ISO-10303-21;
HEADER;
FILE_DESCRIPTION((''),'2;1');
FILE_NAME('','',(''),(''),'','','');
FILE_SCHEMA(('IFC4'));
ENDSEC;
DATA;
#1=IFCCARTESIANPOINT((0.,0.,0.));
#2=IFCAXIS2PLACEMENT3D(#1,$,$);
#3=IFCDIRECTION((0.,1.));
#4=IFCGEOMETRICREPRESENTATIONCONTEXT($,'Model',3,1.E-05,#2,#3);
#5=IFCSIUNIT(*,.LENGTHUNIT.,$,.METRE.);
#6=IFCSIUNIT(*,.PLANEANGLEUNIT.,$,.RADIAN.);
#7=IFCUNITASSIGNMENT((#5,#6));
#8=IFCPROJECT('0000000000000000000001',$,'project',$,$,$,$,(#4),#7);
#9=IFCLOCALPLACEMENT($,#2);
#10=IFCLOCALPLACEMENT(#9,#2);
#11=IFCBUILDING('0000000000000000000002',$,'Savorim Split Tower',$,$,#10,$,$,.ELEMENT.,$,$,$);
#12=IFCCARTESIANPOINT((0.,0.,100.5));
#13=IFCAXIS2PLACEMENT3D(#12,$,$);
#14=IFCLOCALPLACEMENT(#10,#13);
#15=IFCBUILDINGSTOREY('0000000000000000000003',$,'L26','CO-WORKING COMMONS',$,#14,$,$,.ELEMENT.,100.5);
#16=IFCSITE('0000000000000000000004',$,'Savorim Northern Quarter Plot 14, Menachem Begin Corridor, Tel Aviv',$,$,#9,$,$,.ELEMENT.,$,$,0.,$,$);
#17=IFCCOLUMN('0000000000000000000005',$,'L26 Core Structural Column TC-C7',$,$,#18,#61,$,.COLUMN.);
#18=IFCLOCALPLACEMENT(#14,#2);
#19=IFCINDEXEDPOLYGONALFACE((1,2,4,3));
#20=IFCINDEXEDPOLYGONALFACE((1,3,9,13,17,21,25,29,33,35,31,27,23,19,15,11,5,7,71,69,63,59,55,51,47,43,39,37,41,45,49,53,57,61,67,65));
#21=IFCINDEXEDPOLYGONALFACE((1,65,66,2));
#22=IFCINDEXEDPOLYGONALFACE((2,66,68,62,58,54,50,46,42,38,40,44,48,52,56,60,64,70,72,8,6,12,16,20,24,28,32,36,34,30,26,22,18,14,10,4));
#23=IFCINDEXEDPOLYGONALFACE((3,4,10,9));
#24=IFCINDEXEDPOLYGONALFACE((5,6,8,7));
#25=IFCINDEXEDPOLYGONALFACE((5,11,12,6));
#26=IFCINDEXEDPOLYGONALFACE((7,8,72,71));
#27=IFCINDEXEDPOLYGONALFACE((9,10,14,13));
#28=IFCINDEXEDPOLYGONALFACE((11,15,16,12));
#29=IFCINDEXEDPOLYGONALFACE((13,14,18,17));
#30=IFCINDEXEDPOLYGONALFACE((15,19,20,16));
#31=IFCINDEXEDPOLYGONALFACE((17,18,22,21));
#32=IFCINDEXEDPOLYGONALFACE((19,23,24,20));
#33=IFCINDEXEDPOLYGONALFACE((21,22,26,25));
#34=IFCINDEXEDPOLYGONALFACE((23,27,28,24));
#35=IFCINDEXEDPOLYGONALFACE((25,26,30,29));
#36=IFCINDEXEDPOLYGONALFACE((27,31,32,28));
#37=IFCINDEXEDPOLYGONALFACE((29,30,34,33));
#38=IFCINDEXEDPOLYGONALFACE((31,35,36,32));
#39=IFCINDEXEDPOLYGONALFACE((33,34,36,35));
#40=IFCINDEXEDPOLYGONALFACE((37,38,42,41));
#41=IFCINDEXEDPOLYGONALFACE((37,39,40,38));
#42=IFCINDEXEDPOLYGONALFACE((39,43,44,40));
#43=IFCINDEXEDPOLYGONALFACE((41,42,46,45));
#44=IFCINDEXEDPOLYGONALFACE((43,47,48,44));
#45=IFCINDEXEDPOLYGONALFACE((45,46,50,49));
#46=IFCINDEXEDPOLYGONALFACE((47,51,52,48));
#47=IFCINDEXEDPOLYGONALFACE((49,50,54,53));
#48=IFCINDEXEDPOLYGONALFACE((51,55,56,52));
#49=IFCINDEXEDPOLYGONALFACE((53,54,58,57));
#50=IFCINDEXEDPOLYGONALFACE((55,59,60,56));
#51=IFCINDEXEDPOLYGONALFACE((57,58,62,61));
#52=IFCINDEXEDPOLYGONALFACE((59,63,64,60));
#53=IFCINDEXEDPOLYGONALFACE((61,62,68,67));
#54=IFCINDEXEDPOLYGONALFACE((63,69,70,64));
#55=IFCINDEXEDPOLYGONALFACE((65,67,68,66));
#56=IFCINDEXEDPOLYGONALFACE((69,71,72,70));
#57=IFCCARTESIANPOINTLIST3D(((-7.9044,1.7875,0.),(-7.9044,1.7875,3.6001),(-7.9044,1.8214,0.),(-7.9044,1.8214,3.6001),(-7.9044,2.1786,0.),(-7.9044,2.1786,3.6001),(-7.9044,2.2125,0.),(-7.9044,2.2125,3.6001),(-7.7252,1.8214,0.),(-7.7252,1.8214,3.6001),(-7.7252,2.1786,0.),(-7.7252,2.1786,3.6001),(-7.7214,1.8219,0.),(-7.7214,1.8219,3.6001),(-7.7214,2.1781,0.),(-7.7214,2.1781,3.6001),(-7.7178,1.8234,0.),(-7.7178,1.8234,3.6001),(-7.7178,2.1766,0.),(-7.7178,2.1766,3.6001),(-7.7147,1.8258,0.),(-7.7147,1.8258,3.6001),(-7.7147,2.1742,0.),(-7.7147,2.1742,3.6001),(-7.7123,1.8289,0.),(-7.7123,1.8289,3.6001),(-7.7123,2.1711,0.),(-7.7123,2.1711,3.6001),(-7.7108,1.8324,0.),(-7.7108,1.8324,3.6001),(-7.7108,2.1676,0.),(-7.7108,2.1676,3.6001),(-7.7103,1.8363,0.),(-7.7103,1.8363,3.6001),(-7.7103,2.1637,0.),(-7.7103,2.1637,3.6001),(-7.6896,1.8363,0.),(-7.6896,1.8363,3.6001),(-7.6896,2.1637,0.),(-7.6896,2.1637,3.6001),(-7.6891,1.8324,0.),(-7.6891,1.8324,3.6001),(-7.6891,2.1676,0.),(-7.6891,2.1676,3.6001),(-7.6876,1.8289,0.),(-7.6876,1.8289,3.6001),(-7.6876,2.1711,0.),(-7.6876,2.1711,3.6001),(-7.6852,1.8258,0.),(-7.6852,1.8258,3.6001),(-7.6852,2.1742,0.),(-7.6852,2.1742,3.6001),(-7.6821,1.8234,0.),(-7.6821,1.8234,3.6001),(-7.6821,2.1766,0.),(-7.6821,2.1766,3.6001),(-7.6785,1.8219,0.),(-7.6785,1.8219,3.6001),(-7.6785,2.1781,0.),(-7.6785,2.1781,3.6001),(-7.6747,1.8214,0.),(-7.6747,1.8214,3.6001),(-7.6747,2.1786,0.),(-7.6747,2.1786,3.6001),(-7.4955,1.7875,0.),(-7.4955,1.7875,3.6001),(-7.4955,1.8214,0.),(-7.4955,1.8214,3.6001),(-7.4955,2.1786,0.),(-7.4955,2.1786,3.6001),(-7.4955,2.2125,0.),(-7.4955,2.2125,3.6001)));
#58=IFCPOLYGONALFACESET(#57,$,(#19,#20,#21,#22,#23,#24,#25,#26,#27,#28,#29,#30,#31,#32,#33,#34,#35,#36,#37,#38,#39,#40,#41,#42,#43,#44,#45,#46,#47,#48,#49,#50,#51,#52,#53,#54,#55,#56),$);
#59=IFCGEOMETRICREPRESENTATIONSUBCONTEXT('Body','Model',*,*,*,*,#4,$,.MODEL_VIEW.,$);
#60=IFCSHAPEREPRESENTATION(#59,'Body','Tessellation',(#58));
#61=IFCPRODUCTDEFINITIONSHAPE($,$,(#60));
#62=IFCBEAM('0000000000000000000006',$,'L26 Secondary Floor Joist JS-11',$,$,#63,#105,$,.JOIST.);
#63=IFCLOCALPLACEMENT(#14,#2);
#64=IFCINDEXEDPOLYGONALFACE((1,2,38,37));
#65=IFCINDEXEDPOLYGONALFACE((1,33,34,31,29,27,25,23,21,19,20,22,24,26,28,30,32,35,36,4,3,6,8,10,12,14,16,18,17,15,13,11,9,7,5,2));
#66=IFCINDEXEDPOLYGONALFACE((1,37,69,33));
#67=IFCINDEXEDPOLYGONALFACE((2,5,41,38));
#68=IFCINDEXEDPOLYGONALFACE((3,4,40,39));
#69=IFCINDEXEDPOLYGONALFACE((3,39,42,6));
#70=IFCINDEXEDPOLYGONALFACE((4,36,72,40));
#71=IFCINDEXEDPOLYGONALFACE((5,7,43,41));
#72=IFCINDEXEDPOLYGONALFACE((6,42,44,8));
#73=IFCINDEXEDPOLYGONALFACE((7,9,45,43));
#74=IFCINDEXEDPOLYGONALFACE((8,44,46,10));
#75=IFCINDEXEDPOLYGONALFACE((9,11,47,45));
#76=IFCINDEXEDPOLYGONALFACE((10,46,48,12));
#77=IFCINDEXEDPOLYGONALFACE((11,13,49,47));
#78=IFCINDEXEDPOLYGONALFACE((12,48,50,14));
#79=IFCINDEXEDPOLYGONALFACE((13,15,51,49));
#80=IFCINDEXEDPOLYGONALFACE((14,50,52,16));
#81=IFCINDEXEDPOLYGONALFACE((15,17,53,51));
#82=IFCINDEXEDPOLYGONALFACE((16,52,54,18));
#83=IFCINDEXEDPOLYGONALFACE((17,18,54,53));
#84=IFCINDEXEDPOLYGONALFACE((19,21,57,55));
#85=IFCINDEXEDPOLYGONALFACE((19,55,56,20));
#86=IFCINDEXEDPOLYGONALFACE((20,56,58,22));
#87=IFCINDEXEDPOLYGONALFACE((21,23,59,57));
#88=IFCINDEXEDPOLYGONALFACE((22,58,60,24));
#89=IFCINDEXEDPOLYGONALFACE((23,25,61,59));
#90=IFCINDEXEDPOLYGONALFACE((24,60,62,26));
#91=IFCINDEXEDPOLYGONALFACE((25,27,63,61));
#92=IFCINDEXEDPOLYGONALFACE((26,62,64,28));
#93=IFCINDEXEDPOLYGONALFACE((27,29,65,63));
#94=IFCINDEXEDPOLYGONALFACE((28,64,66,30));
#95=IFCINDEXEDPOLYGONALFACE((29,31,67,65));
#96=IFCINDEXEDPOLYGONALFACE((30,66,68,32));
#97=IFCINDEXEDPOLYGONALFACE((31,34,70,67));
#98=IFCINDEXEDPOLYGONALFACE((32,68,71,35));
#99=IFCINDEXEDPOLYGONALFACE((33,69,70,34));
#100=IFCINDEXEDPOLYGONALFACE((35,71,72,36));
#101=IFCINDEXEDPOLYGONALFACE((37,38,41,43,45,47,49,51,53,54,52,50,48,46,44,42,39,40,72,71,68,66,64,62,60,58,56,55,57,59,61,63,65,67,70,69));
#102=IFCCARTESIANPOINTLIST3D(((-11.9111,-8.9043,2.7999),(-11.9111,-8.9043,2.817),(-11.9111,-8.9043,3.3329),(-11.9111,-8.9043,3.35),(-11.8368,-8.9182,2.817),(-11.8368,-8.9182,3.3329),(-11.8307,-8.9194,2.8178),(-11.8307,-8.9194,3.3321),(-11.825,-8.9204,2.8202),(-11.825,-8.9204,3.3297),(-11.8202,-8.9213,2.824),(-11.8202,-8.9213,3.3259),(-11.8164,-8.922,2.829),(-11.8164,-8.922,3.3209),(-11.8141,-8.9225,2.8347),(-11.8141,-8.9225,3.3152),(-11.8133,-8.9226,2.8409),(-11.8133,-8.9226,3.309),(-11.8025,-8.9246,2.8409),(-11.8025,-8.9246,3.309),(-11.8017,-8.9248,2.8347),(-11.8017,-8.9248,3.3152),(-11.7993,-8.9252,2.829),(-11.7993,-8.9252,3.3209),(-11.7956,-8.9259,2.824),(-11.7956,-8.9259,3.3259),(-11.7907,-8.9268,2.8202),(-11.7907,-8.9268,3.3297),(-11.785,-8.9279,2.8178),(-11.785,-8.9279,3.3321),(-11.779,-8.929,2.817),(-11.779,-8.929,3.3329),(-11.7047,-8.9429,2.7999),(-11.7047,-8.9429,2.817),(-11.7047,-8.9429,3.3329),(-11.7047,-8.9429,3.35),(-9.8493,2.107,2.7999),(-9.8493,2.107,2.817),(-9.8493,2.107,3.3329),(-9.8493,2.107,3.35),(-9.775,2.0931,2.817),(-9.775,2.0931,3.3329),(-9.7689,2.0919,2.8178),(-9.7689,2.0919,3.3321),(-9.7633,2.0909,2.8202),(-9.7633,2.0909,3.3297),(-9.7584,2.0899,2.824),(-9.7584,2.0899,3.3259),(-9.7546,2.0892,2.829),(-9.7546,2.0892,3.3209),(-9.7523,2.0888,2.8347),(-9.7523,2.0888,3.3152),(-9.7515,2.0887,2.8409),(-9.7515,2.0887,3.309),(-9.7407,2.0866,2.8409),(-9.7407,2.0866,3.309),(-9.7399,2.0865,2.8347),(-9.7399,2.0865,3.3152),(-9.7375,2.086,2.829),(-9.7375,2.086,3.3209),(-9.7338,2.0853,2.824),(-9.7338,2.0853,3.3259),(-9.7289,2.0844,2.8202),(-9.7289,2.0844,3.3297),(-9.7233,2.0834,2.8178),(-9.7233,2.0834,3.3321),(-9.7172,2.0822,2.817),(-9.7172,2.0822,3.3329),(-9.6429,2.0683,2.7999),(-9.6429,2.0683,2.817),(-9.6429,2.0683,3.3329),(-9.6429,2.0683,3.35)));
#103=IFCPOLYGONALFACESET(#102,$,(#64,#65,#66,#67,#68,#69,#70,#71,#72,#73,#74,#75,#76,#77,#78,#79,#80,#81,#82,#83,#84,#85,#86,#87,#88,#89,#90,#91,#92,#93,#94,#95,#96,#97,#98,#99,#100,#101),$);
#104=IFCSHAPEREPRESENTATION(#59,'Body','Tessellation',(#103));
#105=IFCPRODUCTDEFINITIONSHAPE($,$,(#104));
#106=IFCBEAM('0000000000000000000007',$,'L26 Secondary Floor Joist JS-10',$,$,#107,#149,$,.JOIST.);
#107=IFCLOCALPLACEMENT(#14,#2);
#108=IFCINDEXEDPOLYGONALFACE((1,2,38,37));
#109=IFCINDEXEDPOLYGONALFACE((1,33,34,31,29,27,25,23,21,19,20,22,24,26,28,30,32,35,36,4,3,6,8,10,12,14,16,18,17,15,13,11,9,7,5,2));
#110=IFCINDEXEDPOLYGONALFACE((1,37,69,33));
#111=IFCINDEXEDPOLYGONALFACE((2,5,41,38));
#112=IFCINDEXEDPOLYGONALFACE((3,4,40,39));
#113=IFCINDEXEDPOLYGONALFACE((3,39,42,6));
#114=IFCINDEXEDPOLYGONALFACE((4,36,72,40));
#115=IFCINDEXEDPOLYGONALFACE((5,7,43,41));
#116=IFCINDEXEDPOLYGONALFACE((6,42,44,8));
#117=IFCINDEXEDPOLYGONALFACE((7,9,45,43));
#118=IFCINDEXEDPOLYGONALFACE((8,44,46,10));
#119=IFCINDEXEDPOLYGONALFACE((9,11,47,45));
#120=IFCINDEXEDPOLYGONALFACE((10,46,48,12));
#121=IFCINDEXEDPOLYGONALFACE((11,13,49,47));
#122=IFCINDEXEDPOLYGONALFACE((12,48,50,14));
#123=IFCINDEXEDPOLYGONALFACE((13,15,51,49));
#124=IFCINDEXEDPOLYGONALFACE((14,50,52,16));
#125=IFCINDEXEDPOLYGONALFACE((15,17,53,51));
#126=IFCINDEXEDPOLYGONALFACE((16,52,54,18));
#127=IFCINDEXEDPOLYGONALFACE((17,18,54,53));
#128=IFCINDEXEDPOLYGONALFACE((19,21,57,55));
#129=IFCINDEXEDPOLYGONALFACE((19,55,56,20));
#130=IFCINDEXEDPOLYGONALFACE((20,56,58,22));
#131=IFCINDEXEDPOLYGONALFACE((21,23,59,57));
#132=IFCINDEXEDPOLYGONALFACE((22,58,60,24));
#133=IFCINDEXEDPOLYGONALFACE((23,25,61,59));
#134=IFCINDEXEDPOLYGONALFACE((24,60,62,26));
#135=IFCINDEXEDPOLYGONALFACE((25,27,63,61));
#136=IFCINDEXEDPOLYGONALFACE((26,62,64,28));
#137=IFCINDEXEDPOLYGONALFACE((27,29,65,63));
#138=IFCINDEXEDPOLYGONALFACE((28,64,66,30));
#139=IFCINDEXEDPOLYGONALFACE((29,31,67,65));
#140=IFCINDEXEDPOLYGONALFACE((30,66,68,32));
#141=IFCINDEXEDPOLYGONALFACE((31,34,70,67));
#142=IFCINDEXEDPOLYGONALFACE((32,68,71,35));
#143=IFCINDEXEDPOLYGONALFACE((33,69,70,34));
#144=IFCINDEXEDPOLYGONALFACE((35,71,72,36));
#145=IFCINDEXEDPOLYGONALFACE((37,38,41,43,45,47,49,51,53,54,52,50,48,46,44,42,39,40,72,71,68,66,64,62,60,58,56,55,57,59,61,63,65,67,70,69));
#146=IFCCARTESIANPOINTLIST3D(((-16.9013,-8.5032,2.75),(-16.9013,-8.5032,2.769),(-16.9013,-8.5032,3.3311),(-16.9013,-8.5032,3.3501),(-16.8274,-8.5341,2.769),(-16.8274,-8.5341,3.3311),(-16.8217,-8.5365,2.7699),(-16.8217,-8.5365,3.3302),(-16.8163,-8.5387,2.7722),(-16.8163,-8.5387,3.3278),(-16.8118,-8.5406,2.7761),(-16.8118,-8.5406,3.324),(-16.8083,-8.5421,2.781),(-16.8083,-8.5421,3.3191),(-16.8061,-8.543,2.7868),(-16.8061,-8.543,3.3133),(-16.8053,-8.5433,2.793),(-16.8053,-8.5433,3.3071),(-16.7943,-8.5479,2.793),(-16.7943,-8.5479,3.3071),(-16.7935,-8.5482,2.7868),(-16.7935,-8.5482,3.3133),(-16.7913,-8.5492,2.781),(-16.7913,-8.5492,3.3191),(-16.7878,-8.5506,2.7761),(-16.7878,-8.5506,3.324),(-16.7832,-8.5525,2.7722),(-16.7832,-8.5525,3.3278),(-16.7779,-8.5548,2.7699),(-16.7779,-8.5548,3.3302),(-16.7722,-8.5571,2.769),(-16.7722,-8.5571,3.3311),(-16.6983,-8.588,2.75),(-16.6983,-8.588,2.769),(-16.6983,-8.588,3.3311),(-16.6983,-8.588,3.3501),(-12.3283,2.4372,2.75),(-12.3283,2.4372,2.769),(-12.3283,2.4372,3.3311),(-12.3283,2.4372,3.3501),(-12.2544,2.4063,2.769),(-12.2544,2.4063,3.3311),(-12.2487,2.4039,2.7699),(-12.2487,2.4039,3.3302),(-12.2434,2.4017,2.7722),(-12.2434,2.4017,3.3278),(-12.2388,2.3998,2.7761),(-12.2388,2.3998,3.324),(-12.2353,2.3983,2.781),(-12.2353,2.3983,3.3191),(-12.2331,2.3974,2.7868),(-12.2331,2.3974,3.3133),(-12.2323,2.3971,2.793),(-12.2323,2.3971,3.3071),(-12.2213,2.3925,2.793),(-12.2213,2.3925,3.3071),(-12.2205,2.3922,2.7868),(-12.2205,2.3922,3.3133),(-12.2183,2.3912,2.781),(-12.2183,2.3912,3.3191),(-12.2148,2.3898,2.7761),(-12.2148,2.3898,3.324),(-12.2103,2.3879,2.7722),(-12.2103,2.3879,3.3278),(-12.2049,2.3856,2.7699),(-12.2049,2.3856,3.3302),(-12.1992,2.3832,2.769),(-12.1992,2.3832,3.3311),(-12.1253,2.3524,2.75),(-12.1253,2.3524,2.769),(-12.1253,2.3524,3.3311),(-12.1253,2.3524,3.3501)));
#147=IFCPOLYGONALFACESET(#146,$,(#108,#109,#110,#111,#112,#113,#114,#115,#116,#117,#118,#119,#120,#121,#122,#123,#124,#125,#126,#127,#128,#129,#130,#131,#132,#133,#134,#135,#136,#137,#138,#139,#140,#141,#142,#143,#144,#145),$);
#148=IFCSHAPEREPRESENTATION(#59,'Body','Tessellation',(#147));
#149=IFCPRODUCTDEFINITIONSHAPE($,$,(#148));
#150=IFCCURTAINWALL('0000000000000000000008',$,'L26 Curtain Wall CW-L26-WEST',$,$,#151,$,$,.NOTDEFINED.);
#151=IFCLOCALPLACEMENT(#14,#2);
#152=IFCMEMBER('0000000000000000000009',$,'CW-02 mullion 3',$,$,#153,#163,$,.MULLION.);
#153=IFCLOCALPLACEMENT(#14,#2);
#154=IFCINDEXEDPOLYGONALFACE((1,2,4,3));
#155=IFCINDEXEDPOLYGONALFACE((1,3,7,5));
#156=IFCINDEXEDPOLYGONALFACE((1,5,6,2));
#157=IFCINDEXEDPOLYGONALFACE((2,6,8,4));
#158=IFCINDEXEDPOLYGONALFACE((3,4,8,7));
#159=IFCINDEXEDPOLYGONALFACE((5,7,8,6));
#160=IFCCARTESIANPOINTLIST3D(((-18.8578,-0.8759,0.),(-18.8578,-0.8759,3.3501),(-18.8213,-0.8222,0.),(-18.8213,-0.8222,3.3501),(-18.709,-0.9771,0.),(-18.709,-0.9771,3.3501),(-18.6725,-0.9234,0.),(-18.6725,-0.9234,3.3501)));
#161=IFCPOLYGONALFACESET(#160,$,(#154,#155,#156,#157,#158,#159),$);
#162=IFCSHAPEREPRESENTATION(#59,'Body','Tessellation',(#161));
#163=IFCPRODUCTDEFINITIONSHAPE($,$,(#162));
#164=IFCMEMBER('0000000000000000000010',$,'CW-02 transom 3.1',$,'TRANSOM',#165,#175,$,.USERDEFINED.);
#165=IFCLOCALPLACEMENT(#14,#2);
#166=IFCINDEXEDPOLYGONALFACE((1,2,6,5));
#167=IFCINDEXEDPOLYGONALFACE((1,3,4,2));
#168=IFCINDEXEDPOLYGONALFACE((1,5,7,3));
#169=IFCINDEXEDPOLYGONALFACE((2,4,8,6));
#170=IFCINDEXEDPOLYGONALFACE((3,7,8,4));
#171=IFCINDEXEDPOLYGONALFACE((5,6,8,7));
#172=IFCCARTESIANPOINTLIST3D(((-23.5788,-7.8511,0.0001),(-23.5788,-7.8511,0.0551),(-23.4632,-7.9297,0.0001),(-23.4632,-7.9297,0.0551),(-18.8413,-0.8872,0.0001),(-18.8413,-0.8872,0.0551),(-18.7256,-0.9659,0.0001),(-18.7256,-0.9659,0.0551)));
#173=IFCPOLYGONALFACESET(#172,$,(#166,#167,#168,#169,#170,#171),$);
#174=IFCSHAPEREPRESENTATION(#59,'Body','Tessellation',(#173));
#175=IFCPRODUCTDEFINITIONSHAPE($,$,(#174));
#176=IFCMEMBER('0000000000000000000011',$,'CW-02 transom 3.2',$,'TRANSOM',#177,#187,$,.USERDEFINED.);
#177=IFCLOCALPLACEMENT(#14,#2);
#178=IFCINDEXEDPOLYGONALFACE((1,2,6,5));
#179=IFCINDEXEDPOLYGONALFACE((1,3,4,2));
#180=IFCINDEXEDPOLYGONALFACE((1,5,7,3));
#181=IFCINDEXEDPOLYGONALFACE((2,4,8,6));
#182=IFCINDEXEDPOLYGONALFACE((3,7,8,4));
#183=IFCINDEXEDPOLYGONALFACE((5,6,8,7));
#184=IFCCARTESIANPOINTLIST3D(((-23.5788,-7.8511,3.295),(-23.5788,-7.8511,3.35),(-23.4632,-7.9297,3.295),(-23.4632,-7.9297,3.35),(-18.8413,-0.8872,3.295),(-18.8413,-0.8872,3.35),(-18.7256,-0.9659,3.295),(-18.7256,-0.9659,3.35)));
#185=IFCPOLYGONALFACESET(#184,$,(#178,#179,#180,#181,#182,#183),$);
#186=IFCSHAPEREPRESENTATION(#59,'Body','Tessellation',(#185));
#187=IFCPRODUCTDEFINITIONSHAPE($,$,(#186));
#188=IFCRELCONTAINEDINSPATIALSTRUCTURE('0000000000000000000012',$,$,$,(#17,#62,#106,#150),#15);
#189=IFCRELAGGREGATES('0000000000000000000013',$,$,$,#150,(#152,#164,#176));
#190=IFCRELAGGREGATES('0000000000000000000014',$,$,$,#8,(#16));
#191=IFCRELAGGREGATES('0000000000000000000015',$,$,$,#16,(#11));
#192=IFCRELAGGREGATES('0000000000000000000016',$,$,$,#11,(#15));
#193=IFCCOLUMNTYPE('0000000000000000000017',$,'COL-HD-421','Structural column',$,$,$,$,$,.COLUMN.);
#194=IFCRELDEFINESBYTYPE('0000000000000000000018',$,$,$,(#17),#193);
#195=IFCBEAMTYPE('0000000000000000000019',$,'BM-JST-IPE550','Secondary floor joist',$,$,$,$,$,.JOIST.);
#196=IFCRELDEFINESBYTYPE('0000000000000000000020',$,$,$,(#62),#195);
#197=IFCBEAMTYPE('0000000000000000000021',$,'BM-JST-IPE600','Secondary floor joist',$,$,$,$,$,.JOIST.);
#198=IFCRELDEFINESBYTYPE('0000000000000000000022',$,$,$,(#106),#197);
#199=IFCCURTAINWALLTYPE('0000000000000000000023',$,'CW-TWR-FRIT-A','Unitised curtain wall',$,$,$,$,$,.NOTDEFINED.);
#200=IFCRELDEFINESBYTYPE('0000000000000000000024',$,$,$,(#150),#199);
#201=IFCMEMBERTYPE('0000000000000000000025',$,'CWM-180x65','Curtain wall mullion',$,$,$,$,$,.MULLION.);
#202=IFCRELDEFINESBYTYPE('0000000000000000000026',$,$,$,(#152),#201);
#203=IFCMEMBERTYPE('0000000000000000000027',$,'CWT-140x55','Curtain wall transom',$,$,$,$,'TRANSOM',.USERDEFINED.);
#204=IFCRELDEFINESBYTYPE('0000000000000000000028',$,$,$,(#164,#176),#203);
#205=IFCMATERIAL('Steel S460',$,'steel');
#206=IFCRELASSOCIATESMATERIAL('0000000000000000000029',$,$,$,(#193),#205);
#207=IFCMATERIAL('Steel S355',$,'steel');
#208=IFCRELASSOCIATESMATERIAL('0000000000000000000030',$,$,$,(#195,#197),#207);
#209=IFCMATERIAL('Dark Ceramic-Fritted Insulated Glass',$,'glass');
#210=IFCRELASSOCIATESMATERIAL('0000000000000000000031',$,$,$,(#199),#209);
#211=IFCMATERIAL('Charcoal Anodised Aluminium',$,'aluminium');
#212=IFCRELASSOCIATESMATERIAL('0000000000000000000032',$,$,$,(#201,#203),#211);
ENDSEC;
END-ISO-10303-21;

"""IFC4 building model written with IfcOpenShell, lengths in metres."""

from ifc_helpers import new_model, si_unit, direction, frame, origin, origin_2d, place, context, subcontext, project, spatial, rectangle, i_section, extrude, material, material_profile, profile_set, type_object, element, aggregate, save


model = new_model("IFC4")

# Units and contexts
model_context = context("Model", 3, precision=1e-05, world=origin(), true_north=direction((0.0, 1.0)))
body_context = subcontext(model_context, "Body", "Model", "MODEL_VIEW")
ifc_project = project(units=[si_unit("LENGTHUNIT", "METRE"), si_unit("PLANEANGLEUNIT", "RADIAN")], contexts=[model_context])

# Site, building, storey
site_placement = place(None, origin())
site = spatial("IfcSite", under=ifc_project, at=site_placement, Name="Savorim Northern Quarter Plot 14, Menachem Begin Corridor, Tel Aviv", CompositionType="ELEMENT", RefElevation=0.0)
building_placement = place(site_placement, origin())
building = spatial("IfcBuilding", under=site, at=building_placement, Name="Savorim Split Tower", CompositionType="ELEMENT")
storey_placement = place(building_placement, frame((0.0, 0.0, 100.5)))
storey = spatial("IfcBuildingStorey", under=building, at=storey_placement, Name="L26", Description="CO-WORKING COMMONS", CompositionType="ELEMENT", Elevation=100.5)

# Column
ifc_material_1 = material(Name="Steel S460", Category="steel")
ifc_material_profile_1 = material_profile(ifc_material_1, i_section(OverallWidth=0.4089, OverallDepth=0.425, WebThickness=0.0208, FlangeThickness=0.0339, FilletRadius=0.0149, at=origin_2d()), Name="HD 400x421")
ifc_profile_set_1 = profile_set([ifc_material_profile_1], Name="Steel S460")
column_type = type_object("IfcColumnType", Name="COL-HD-421", Description="Structural column", PredefinedType="COLUMN", material=ifc_profile_set_1)
column_placement = place(storey_placement, frame((-7.7, 2.0, 0.0), z_axis=(0.0, 0.0, 1.0), x_axis=(1.0, 0.0, 0.0)))
element("IfcColumn", 1, at=column_placement, inside=storey, type_object=column_type, Name="L26 Core Structural Column TC-C7", PredefinedType="COLUMN", context=body_context, shape_type="SweptSolid", body=[
    extrude(i_section(OverallWidth=0.4089, OverallDepth=0.425, WebThickness=0.0208, FlangeThickness=0.0339, FilletRadius=0.0149, at=origin_2d()), origin(), (0.0, 0.0, 1.0), 3.6001),
])

# Beams
ifc_material_2 = material(Name="Steel S355", Category="steel")
ifc_material_profile_2 = material_profile(ifc_material_2, i_section(OverallWidth=0.21, OverallDepth=0.55, WebThickness=0.011, FlangeThickness=0.0171, FilletRadius=0.0239, at=origin_2d()), Name="IPE 550")
ifc_profile_set_2 = profile_set([ifc_material_profile_2], Name="Steel S355")
beam_type_1 = type_object("IfcBeamType", Name="BM-JST-IPE550", Description="Secondary floor joist", PredefinedType="JOIST", material=ifc_profile_set_2)
beam_1_placement = place(storey_placement, frame((-9.7461, 2.0876, 3.075), z_axis=(-0.184044, -0.982918, 0.0), x_axis=(0.982918, -0.184044, 0.0)))
element("IfcBeam", 2, at=beam_1_placement, inside=storey, type_object=beam_type_1, Name="L26 Secondary Floor Joist JS-11", PredefinedType="JOIST", context=body_context, shape_type="SweptSolid", body=[
    extrude(i_section(OverallWidth=0.21, OverallDepth=0.55, WebThickness=0.011, FlangeThickness=0.0171, FilletRadius=0.0239, at=origin_2d()), origin(), (0.0, 0.0, 1.0), 11.2026),
])
ifc_material_profile_3 = material_profile(ifc_material_2, i_section(OverallWidth=0.22, OverallDepth=0.6001, WebThickness=0.012, FlangeThickness=0.019, FilletRadius=0.0239, at=origin_2d()), Name="IPE 600")
ifc_profile_set_3 = profile_set([ifc_material_profile_3], Name="Steel S355")
beam_type_2 = type_object("IfcBeamType", Name="BM-JST-IPE600", Description="Secondary floor joist", PredefinedType="JOIST", material=ifc_profile_set_3)
beam_2_placement = place(storey_placement, frame((-12.2268, 2.3948, 3.05), z_axis=(-0.385656, -0.922643, 0.0), x_axis=(0.922643, -0.385656, 0.0)))
element("IfcBeam", 3, at=beam_2_placement, inside=storey, type_object=beam_type_2, Name="L26 Secondary Floor Joist JS-10", PredefinedType="JOIST", context=body_context, shape_type="SweptSolid", body=[
    extrude(i_section(OverallWidth=0.22, OverallDepth=0.6001, WebThickness=0.012, FlangeThickness=0.019, FilletRadius=0.0239, at=origin_2d()), origin(), (0.0, 0.0, 1.0), 11.8577),
])

# Curtain wall, members
ifc_material_3 = material(Name="Dark Ceramic-Fritted Insulated Glass", Category="glass")
curtain_wall_type = type_object("IfcCurtainWallType", Name="CW-TWR-FRIT-A", Description="Unitised curtain wall", PredefinedType="NOTDEFINED", material=ifc_material_3)
curtain_wall_placement = place(storey_placement, origin())
curtain_wall = element("IfcCurtainWall", 4, at=curtain_wall_placement, inside=storey, type_object=curtain_wall_type, Name="L26 Curtain Wall CW-L26-WEST", PredefinedType="NOTDEFINED")
ifc_material_4 = material(Name="Charcoal Anodised Aluminium", Category="aluminium")
ifc_material_profile_4 = material_profile(ifc_material_4, rectangle(XDim=0.1799, YDim=0.0649, at=origin_2d()), Name="ALU-M 180x65")
ifc_profile_set_4 = profile_set([ifc_material_profile_4], Name="Charcoal Anodised Aluminium")
member_type_1 = type_object("IfcMemberType", Name="CWM-180x65", Description="Curtain wall mullion", PredefinedType="MULLION", material=ifc_profile_set_4)
member_1_placement = place(storey_placement, frame((-18.7651, -0.8997, 0.0), z_axis=(0.0, 0.0, 1.0), x_axis=(0.826819, -0.562468, 0.0)))
member_1 = element("IfcMember", 5, at=member_1_placement, type_object=member_type_1, Name="CW-02 mullion 3", PredefinedType="MULLION", context=body_context, shape_type="SweptSolid", body=[
    extrude(rectangle(XDim=0.1799, YDim=0.0649, at=origin_2d()), origin(), (0.0, 0.0, 1.0), 3.3501),
])
ifc_material_profile_5 = material_profile(ifc_material_4, rectangle(XDim=0.1399, YDim=0.0549, at=origin_2d()), Name="ALU-T 140x55")
ifc_profile_set_5 = profile_set([ifc_material_profile_5], Name="Charcoal Anodised Aluminium")
member_type_2 = type_object("IfcMemberType", Name="CWT-140x55", Description="Curtain wall transom", ElementType="TRANSOM", PredefinedType="USERDEFINED", material=ifc_profile_set_5)
member_2_placement = place(storey_placement, frame((-18.7834, -0.9265, 0.0276), z_axis=(-0.562482, -0.826809, 0.0), x_axis=(0.826809, -0.562482, 0.0)))
member_2 = element("IfcMember", 6, at=member_2_placement, type_object=member_type_2, Name="CW-02 transom 3.1", ObjectType="TRANSOM", PredefinedType="USERDEFINED", context=body_context, shape_type="SweptSolid", body=[
    extrude(rectangle(XDim=0.1399, YDim=0.0549, at=origin_2d()), origin(), (0.0, 0.0, 1.0), 8.4226),
])
member_3_placement = place(storey_placement, frame((-18.7834, -0.9265, 3.3225), z_axis=(-0.562482, -0.826809, 0.0), x_axis=(0.826809, -0.562482, 0.0)))
member_3 = element("IfcMember", 7, at=member_3_placement, type_object=member_type_2, Name="CW-02 transom 3.2", ObjectType="TRANSOM", PredefinedType="USERDEFINED", context=body_context, shape_type="SweptSolid", body=[
    extrude(rectangle(XDim=0.1399, YDim=0.0549, at=origin_2d()), origin(), (0.0, 0.0, 1.0), 8.4226),
])
aggregate(curtain_wall, [member_1, member_2, member_3])

save(model, "model.ifc")
